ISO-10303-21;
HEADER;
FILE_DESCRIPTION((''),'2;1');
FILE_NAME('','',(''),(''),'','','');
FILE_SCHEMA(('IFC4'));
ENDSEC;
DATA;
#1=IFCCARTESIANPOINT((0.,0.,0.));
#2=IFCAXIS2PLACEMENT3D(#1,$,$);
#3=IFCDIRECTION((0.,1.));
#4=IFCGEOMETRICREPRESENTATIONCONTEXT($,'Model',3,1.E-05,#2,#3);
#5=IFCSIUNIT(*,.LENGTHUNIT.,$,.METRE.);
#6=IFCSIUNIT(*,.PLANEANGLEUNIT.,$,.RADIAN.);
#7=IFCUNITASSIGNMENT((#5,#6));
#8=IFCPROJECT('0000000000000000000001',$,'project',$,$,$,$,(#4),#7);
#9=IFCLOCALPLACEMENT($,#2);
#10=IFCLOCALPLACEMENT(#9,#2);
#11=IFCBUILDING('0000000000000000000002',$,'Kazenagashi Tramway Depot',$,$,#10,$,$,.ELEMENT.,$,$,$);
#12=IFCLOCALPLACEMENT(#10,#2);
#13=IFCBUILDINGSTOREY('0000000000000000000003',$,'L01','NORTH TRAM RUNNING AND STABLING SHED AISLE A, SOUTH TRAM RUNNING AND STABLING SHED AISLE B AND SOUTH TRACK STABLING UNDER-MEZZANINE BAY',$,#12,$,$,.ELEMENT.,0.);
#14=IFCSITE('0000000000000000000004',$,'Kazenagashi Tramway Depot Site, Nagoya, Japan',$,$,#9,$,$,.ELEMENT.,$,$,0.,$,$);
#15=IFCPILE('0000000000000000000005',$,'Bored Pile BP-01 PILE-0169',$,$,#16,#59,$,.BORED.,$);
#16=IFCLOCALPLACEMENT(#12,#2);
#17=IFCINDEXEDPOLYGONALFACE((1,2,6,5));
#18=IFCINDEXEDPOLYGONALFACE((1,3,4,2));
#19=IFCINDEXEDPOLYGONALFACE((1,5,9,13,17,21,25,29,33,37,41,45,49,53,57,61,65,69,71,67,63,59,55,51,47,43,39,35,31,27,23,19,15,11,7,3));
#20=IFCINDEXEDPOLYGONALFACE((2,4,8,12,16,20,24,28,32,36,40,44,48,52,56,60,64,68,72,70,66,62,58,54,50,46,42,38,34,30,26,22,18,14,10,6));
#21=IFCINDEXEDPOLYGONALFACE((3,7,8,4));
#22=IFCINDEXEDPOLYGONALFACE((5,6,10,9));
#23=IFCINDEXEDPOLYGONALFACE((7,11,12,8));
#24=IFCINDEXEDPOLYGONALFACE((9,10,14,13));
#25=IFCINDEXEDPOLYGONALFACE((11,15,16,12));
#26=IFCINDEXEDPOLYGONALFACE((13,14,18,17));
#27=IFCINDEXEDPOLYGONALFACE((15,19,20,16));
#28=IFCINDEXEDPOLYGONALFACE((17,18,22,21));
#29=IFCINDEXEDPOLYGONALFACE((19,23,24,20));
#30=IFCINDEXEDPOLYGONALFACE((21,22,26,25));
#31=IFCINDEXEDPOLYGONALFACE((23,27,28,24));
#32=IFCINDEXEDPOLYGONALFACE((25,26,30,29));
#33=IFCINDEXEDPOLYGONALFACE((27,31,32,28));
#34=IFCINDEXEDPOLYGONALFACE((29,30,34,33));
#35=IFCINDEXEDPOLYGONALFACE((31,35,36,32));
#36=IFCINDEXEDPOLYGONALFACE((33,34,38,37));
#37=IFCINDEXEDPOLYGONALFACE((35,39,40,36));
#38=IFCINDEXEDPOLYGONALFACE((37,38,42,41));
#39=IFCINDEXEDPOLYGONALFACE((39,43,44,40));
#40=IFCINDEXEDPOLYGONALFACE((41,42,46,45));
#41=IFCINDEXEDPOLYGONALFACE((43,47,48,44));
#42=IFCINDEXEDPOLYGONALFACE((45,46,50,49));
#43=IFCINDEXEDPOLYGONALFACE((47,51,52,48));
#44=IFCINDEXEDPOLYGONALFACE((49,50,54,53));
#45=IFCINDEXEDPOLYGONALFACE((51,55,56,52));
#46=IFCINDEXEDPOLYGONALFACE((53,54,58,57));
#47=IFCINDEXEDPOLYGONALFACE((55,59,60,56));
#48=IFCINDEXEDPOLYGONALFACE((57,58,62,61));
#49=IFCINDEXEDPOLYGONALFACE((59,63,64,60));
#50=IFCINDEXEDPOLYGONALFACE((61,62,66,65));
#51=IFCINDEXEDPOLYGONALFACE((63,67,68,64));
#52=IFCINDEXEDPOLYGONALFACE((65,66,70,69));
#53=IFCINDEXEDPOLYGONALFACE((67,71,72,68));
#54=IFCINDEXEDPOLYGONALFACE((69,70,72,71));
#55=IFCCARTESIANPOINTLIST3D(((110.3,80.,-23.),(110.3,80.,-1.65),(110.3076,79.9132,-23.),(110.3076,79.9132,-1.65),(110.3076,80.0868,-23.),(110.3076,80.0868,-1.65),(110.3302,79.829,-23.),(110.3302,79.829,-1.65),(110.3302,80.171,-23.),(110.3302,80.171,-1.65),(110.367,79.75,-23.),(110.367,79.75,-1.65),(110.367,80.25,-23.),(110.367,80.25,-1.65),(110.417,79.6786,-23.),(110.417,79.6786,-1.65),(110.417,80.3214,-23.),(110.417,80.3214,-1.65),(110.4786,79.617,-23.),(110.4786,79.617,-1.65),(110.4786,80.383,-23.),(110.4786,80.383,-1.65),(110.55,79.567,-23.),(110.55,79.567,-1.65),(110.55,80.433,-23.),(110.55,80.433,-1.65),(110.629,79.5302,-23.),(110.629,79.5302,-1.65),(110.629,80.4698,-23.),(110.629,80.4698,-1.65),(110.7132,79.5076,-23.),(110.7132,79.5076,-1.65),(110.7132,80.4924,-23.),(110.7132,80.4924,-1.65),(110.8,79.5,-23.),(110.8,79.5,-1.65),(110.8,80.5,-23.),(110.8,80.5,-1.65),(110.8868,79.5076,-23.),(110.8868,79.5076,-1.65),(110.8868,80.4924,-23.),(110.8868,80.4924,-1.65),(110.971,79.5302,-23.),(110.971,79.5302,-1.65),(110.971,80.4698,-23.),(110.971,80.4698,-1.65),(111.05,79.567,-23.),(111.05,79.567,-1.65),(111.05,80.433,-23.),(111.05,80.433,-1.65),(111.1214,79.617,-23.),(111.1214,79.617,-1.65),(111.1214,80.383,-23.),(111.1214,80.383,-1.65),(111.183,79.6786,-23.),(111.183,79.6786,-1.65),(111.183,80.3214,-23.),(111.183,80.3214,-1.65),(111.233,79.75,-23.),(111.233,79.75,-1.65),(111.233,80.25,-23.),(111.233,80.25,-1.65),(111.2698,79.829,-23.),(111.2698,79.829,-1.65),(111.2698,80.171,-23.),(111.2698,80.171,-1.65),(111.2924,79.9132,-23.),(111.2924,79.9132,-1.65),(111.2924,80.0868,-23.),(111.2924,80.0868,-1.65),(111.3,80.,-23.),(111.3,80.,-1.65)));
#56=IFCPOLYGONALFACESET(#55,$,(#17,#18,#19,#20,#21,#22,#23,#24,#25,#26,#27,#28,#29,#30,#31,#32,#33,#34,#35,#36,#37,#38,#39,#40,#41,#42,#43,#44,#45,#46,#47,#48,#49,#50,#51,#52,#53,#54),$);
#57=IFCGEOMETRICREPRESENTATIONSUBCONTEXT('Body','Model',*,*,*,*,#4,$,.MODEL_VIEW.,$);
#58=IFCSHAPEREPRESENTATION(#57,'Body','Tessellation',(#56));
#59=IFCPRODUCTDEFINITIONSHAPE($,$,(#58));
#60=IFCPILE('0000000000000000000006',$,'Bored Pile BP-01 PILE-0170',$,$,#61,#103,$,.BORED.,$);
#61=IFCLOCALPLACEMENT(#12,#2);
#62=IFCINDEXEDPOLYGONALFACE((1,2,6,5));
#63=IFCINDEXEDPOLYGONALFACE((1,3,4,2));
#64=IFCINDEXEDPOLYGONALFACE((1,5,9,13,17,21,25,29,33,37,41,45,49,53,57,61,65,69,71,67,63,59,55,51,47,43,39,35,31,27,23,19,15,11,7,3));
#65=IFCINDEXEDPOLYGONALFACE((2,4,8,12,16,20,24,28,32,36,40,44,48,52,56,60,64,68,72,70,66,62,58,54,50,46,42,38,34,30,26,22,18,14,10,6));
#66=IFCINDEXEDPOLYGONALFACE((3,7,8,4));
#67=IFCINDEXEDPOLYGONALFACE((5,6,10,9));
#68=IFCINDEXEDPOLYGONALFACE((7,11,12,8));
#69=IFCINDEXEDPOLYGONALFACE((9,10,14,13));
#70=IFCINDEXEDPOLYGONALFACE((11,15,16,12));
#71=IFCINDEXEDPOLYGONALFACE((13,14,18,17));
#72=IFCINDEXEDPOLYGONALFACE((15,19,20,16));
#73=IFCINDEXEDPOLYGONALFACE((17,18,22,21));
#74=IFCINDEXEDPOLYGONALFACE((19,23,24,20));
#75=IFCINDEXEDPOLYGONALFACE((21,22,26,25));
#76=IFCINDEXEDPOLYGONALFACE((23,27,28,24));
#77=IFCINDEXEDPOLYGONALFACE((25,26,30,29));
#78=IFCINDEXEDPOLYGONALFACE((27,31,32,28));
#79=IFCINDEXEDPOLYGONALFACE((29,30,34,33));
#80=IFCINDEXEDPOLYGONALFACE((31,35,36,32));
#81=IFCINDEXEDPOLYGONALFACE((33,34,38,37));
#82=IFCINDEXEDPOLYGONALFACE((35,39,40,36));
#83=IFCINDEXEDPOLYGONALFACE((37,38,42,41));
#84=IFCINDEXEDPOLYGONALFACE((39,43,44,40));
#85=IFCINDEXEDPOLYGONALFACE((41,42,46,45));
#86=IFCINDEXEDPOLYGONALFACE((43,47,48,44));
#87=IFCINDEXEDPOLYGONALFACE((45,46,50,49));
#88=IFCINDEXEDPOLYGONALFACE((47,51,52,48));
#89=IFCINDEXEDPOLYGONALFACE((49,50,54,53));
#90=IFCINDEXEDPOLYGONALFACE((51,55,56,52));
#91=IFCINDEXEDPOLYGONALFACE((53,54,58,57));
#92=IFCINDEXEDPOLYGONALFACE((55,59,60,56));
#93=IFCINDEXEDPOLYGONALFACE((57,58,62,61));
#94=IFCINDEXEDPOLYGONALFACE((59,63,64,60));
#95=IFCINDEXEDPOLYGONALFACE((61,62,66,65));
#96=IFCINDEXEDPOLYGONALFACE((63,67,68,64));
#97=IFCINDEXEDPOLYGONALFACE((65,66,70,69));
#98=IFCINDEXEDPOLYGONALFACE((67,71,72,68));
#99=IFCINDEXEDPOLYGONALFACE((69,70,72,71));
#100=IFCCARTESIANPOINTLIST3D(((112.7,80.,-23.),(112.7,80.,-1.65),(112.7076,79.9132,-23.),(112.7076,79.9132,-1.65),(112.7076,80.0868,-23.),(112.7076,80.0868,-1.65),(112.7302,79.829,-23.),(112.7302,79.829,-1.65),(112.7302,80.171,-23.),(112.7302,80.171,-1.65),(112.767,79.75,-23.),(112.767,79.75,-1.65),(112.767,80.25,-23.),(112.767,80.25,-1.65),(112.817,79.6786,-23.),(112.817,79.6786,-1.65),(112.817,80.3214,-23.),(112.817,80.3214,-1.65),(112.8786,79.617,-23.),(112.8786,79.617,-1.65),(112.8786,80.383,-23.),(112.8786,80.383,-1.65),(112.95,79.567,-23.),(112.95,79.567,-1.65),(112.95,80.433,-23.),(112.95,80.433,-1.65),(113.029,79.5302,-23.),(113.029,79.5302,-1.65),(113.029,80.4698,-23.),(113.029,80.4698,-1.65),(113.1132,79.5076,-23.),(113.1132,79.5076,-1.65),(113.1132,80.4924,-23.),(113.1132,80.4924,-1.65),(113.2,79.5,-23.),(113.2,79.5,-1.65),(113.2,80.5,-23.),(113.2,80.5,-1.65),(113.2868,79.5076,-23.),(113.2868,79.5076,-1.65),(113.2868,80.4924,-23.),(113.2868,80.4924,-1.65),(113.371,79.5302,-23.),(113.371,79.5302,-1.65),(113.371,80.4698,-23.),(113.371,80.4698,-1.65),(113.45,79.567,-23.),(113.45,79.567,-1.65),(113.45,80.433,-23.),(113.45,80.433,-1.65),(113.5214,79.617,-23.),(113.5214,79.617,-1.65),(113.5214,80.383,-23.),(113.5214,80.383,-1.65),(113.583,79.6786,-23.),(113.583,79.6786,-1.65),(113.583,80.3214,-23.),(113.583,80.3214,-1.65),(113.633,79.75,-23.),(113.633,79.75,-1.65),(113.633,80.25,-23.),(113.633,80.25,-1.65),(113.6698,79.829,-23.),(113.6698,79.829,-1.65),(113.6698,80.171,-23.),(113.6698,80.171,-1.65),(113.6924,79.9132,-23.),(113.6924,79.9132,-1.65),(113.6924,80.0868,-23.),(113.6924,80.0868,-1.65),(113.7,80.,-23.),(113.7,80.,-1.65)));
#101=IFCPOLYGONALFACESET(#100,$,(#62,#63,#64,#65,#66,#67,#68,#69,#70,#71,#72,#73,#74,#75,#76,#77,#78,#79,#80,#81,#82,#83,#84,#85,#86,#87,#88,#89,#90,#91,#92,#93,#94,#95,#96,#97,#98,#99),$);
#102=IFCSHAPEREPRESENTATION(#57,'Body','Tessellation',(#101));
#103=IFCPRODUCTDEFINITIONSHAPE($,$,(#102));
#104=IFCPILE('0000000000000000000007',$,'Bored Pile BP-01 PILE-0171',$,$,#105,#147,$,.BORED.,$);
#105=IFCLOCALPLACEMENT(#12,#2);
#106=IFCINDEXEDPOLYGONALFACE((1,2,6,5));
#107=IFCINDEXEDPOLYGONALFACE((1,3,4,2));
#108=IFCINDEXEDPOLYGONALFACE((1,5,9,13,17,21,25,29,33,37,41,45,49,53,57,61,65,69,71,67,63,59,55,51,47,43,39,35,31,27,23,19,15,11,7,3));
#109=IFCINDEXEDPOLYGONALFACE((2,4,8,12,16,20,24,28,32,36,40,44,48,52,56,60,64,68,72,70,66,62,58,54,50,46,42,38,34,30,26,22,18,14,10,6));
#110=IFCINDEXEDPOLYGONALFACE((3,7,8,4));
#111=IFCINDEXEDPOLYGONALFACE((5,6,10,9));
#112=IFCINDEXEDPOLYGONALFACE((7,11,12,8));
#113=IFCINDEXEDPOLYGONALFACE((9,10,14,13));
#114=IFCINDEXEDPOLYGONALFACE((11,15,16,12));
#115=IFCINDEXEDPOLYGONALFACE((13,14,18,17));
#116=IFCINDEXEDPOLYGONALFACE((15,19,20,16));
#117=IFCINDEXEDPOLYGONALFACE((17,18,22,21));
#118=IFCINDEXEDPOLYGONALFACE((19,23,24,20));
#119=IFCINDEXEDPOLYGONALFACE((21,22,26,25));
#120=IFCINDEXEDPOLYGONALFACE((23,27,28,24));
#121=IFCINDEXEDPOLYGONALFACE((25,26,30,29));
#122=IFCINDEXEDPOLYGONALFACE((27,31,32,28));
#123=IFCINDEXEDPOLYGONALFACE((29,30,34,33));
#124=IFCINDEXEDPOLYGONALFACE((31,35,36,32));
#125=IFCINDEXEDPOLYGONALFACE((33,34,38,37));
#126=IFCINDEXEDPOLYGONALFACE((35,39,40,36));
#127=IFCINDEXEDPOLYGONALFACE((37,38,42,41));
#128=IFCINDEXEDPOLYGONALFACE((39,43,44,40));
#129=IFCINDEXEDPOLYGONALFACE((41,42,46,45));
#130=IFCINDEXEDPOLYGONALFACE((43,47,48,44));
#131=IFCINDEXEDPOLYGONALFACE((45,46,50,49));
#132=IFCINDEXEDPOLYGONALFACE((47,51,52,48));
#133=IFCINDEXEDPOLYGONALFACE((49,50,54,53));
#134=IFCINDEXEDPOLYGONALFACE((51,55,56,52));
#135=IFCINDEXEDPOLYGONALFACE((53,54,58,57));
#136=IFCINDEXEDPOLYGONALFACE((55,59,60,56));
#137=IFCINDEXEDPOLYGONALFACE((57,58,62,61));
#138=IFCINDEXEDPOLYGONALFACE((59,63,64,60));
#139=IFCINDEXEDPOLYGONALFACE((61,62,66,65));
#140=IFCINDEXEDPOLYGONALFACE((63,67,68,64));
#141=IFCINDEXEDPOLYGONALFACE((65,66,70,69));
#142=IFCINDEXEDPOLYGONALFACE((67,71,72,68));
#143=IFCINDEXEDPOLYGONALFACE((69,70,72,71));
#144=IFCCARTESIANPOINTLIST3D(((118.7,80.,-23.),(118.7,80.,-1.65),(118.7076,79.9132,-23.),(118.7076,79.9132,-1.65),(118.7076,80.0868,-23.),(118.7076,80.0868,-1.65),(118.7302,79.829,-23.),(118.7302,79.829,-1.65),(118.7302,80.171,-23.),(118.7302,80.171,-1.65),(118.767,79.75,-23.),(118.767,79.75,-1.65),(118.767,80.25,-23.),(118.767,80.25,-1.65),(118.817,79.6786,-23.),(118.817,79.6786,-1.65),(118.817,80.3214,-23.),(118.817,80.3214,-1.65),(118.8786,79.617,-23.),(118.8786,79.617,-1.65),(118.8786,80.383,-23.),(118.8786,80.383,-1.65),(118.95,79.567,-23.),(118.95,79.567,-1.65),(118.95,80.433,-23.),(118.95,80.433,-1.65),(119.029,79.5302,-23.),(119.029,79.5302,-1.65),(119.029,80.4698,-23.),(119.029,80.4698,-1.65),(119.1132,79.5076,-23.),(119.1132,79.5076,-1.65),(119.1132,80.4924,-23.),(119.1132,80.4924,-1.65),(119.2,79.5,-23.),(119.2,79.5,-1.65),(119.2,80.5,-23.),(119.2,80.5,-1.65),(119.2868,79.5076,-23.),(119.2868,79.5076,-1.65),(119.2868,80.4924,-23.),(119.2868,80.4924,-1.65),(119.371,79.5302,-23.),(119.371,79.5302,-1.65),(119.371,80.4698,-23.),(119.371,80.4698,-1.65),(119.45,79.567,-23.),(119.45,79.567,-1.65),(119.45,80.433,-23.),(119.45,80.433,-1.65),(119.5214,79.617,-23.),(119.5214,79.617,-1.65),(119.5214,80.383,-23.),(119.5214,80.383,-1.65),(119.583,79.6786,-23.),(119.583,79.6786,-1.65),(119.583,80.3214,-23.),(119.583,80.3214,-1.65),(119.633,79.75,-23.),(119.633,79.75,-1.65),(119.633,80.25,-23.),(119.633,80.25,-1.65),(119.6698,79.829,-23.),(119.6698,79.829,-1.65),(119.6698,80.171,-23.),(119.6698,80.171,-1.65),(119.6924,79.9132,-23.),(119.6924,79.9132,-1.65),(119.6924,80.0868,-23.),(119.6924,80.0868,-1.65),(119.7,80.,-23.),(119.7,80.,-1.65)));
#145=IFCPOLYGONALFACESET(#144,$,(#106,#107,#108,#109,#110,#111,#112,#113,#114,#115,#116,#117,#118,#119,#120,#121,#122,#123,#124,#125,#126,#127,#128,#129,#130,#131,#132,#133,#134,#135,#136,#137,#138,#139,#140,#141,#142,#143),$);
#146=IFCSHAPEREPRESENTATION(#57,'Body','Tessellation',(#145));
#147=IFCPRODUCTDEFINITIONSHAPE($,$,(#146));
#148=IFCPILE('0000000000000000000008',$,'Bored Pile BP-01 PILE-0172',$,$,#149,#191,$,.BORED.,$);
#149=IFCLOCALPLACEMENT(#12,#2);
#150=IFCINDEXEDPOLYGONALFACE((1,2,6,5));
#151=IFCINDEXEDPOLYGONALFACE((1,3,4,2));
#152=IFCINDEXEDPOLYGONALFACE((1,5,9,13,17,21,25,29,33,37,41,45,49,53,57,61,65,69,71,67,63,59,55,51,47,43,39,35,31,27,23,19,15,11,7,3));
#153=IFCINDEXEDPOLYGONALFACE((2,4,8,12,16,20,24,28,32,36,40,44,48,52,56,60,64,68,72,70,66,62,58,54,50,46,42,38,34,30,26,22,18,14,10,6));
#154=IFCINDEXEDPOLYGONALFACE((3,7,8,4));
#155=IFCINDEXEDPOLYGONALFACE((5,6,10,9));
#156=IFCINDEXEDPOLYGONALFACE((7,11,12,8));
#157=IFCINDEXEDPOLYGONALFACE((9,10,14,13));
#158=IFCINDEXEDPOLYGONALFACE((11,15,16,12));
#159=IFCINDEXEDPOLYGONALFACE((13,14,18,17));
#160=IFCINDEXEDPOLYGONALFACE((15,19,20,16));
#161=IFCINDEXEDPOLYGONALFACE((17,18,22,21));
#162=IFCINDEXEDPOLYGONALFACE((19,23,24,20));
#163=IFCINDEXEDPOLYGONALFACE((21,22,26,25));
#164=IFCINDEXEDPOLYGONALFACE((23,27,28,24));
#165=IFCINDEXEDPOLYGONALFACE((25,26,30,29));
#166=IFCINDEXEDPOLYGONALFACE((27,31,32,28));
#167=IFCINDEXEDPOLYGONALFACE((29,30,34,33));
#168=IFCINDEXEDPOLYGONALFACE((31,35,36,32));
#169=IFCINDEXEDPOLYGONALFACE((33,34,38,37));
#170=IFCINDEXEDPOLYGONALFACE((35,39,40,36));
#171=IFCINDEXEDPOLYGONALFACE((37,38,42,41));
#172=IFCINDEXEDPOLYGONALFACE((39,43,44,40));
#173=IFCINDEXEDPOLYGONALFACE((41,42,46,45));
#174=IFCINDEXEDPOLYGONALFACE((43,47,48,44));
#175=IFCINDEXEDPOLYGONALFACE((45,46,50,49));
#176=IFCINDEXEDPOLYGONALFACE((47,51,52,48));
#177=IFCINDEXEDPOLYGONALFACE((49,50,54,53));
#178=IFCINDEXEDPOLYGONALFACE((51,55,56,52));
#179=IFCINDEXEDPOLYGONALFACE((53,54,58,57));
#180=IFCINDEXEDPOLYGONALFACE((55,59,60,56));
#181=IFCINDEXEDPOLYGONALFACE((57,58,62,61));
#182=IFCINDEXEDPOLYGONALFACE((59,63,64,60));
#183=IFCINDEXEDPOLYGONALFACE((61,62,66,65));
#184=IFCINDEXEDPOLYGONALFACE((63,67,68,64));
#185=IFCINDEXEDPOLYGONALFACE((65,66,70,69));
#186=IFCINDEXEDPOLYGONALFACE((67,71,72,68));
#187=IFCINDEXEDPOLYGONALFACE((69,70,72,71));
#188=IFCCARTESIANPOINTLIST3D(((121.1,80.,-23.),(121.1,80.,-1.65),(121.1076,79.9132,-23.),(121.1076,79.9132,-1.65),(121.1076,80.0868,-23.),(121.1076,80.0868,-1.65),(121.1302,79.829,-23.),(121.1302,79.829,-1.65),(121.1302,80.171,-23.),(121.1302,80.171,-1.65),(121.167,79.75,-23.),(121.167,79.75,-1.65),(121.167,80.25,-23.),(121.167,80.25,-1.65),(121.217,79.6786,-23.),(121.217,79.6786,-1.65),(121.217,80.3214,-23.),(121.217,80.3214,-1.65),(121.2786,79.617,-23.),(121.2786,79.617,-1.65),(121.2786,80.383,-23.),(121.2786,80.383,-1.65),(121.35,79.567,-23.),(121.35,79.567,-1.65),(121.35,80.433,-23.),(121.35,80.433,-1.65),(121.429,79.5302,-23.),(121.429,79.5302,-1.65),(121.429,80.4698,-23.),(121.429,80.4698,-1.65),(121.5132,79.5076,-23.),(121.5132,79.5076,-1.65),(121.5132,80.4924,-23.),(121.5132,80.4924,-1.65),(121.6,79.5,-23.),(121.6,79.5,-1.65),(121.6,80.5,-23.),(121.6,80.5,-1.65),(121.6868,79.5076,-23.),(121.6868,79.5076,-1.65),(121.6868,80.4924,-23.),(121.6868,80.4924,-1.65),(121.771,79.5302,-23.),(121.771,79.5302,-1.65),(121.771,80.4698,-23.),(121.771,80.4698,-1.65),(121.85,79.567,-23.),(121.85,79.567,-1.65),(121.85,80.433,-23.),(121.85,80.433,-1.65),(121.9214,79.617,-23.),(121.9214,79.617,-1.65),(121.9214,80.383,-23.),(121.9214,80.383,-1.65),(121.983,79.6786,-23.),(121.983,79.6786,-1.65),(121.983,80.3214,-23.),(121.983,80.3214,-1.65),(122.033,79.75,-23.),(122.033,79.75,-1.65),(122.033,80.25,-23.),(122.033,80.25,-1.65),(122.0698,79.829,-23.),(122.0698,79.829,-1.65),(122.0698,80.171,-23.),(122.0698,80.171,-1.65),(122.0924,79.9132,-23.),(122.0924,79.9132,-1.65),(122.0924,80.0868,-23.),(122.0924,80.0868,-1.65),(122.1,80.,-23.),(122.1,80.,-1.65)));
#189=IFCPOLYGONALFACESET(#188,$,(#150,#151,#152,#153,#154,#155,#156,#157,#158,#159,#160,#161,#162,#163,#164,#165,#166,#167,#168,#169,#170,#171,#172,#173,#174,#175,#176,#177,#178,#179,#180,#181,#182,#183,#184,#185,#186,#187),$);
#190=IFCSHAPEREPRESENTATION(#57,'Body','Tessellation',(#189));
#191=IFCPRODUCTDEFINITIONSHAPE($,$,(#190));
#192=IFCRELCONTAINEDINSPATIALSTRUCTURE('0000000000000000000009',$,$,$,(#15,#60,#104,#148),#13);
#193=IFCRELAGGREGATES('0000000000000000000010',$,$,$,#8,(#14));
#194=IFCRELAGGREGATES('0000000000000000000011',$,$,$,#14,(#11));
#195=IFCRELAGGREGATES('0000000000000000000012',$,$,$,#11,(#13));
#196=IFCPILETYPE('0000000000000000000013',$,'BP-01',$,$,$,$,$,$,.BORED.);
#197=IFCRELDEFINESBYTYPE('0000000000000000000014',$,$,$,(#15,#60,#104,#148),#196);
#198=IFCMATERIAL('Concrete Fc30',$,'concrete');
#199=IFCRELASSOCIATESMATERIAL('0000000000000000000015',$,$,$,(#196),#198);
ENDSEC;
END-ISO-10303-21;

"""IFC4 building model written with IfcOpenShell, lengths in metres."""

from ifc_helpers import new_model, si_unit, direction, frame, origin, origin_2d, place, context, subcontext, project, spatial, circle, extrude, material, material_profile, profile_set, type_object, element, save


model = new_model("IFC4")

# Units and contexts
model_context = context("Model", 3, precision=1e-05, world=origin(), true_north=direction((0.0, 1.0)))
body_context = subcontext(model_context, "Body", "Model", "MODEL_VIEW")
ifc_project = project(units=[si_unit("LENGTHUNIT", "METRE"), si_unit("PLANEANGLEUNIT", "RADIAN")], contexts=[model_context])

# Site, building, storey
site_placement = place(None, origin())
site = spatial("IfcSite", under=ifc_project, at=site_placement, Name="Kazenagashi Tramway Depot Site, Nagoya, Japan", CompositionType="ELEMENT", RefElevation=0.0)
building_placement = place(site_placement, origin())
building = spatial("IfcBuilding", under=site, at=building_placement, Name="Kazenagashi Tramway Depot", CompositionType="ELEMENT")
storey_placement = place(building_placement, origin())
storey = spatial("IfcBuildingStorey", under=building, at=storey_placement, Name="L01", Description="NORTH TRAM RUNNING AND STABLING SHED AISLE A, SOUTH TRAM RUNNING AND STABLING SHED AISLE B AND SOUTH TRACK STABLING UNDER-MEZZANINE BAY", CompositionType="ELEMENT", Elevation=0.0)

# Piles
ifc_material_1 = material(Name="Concrete Fc30", Category="concrete")
ifc_material_profile_1 = material_profile(ifc_material_1, circle(Radius=0.5, at=origin_2d()), Name="PILE-1000")
ifc_profile_set_1 = profile_set([ifc_material_profile_1], Name="Concrete Fc30")
pile_type_1 = type_object("IfcPileType", Name="BP-01", PredefinedType="BORED", material=ifc_profile_set_1)
for number, where, z_axis, x_axis, name in (
    (1, (110.8, 80.0, -1.65), (0.0, 0.0, -1.0), (1.0, 0.0, 0.0), "Bored Pile BP-01 PILE-0169"),
    (2, (113.2, 80.0, -1.65), (0.0, 0.0, -1.0), (1.0, 0.0, 0.0), "Bored Pile BP-01 PILE-0170"),
    (3, (119.2, 80.0, -1.65), (0.0, 0.0, -1.0), (1.0, 0.0, 0.0), "Bored Pile BP-01 PILE-0171"),
    (4, (121.6, 80.0, -1.65), (0.0, 0.0, -1.0), (1.0, 0.0, 0.0), "Bored Pile BP-01 PILE-0172"),
):
    element("IfcPile", number, at=place(storey_placement, frame(where, z_axis=z_axis, x_axis=x_axis)), inside=storey, type_object=pile_type_1, Name=name, PredefinedType="BORED", context=body_context, shape_type="SweptSolid", body=[
        extrude(circle(Radius=0.5, at=origin_2d()), origin(), (0.0, 0.0, 1.0), 21.35),
    ])

save(model, "model.ifc")
